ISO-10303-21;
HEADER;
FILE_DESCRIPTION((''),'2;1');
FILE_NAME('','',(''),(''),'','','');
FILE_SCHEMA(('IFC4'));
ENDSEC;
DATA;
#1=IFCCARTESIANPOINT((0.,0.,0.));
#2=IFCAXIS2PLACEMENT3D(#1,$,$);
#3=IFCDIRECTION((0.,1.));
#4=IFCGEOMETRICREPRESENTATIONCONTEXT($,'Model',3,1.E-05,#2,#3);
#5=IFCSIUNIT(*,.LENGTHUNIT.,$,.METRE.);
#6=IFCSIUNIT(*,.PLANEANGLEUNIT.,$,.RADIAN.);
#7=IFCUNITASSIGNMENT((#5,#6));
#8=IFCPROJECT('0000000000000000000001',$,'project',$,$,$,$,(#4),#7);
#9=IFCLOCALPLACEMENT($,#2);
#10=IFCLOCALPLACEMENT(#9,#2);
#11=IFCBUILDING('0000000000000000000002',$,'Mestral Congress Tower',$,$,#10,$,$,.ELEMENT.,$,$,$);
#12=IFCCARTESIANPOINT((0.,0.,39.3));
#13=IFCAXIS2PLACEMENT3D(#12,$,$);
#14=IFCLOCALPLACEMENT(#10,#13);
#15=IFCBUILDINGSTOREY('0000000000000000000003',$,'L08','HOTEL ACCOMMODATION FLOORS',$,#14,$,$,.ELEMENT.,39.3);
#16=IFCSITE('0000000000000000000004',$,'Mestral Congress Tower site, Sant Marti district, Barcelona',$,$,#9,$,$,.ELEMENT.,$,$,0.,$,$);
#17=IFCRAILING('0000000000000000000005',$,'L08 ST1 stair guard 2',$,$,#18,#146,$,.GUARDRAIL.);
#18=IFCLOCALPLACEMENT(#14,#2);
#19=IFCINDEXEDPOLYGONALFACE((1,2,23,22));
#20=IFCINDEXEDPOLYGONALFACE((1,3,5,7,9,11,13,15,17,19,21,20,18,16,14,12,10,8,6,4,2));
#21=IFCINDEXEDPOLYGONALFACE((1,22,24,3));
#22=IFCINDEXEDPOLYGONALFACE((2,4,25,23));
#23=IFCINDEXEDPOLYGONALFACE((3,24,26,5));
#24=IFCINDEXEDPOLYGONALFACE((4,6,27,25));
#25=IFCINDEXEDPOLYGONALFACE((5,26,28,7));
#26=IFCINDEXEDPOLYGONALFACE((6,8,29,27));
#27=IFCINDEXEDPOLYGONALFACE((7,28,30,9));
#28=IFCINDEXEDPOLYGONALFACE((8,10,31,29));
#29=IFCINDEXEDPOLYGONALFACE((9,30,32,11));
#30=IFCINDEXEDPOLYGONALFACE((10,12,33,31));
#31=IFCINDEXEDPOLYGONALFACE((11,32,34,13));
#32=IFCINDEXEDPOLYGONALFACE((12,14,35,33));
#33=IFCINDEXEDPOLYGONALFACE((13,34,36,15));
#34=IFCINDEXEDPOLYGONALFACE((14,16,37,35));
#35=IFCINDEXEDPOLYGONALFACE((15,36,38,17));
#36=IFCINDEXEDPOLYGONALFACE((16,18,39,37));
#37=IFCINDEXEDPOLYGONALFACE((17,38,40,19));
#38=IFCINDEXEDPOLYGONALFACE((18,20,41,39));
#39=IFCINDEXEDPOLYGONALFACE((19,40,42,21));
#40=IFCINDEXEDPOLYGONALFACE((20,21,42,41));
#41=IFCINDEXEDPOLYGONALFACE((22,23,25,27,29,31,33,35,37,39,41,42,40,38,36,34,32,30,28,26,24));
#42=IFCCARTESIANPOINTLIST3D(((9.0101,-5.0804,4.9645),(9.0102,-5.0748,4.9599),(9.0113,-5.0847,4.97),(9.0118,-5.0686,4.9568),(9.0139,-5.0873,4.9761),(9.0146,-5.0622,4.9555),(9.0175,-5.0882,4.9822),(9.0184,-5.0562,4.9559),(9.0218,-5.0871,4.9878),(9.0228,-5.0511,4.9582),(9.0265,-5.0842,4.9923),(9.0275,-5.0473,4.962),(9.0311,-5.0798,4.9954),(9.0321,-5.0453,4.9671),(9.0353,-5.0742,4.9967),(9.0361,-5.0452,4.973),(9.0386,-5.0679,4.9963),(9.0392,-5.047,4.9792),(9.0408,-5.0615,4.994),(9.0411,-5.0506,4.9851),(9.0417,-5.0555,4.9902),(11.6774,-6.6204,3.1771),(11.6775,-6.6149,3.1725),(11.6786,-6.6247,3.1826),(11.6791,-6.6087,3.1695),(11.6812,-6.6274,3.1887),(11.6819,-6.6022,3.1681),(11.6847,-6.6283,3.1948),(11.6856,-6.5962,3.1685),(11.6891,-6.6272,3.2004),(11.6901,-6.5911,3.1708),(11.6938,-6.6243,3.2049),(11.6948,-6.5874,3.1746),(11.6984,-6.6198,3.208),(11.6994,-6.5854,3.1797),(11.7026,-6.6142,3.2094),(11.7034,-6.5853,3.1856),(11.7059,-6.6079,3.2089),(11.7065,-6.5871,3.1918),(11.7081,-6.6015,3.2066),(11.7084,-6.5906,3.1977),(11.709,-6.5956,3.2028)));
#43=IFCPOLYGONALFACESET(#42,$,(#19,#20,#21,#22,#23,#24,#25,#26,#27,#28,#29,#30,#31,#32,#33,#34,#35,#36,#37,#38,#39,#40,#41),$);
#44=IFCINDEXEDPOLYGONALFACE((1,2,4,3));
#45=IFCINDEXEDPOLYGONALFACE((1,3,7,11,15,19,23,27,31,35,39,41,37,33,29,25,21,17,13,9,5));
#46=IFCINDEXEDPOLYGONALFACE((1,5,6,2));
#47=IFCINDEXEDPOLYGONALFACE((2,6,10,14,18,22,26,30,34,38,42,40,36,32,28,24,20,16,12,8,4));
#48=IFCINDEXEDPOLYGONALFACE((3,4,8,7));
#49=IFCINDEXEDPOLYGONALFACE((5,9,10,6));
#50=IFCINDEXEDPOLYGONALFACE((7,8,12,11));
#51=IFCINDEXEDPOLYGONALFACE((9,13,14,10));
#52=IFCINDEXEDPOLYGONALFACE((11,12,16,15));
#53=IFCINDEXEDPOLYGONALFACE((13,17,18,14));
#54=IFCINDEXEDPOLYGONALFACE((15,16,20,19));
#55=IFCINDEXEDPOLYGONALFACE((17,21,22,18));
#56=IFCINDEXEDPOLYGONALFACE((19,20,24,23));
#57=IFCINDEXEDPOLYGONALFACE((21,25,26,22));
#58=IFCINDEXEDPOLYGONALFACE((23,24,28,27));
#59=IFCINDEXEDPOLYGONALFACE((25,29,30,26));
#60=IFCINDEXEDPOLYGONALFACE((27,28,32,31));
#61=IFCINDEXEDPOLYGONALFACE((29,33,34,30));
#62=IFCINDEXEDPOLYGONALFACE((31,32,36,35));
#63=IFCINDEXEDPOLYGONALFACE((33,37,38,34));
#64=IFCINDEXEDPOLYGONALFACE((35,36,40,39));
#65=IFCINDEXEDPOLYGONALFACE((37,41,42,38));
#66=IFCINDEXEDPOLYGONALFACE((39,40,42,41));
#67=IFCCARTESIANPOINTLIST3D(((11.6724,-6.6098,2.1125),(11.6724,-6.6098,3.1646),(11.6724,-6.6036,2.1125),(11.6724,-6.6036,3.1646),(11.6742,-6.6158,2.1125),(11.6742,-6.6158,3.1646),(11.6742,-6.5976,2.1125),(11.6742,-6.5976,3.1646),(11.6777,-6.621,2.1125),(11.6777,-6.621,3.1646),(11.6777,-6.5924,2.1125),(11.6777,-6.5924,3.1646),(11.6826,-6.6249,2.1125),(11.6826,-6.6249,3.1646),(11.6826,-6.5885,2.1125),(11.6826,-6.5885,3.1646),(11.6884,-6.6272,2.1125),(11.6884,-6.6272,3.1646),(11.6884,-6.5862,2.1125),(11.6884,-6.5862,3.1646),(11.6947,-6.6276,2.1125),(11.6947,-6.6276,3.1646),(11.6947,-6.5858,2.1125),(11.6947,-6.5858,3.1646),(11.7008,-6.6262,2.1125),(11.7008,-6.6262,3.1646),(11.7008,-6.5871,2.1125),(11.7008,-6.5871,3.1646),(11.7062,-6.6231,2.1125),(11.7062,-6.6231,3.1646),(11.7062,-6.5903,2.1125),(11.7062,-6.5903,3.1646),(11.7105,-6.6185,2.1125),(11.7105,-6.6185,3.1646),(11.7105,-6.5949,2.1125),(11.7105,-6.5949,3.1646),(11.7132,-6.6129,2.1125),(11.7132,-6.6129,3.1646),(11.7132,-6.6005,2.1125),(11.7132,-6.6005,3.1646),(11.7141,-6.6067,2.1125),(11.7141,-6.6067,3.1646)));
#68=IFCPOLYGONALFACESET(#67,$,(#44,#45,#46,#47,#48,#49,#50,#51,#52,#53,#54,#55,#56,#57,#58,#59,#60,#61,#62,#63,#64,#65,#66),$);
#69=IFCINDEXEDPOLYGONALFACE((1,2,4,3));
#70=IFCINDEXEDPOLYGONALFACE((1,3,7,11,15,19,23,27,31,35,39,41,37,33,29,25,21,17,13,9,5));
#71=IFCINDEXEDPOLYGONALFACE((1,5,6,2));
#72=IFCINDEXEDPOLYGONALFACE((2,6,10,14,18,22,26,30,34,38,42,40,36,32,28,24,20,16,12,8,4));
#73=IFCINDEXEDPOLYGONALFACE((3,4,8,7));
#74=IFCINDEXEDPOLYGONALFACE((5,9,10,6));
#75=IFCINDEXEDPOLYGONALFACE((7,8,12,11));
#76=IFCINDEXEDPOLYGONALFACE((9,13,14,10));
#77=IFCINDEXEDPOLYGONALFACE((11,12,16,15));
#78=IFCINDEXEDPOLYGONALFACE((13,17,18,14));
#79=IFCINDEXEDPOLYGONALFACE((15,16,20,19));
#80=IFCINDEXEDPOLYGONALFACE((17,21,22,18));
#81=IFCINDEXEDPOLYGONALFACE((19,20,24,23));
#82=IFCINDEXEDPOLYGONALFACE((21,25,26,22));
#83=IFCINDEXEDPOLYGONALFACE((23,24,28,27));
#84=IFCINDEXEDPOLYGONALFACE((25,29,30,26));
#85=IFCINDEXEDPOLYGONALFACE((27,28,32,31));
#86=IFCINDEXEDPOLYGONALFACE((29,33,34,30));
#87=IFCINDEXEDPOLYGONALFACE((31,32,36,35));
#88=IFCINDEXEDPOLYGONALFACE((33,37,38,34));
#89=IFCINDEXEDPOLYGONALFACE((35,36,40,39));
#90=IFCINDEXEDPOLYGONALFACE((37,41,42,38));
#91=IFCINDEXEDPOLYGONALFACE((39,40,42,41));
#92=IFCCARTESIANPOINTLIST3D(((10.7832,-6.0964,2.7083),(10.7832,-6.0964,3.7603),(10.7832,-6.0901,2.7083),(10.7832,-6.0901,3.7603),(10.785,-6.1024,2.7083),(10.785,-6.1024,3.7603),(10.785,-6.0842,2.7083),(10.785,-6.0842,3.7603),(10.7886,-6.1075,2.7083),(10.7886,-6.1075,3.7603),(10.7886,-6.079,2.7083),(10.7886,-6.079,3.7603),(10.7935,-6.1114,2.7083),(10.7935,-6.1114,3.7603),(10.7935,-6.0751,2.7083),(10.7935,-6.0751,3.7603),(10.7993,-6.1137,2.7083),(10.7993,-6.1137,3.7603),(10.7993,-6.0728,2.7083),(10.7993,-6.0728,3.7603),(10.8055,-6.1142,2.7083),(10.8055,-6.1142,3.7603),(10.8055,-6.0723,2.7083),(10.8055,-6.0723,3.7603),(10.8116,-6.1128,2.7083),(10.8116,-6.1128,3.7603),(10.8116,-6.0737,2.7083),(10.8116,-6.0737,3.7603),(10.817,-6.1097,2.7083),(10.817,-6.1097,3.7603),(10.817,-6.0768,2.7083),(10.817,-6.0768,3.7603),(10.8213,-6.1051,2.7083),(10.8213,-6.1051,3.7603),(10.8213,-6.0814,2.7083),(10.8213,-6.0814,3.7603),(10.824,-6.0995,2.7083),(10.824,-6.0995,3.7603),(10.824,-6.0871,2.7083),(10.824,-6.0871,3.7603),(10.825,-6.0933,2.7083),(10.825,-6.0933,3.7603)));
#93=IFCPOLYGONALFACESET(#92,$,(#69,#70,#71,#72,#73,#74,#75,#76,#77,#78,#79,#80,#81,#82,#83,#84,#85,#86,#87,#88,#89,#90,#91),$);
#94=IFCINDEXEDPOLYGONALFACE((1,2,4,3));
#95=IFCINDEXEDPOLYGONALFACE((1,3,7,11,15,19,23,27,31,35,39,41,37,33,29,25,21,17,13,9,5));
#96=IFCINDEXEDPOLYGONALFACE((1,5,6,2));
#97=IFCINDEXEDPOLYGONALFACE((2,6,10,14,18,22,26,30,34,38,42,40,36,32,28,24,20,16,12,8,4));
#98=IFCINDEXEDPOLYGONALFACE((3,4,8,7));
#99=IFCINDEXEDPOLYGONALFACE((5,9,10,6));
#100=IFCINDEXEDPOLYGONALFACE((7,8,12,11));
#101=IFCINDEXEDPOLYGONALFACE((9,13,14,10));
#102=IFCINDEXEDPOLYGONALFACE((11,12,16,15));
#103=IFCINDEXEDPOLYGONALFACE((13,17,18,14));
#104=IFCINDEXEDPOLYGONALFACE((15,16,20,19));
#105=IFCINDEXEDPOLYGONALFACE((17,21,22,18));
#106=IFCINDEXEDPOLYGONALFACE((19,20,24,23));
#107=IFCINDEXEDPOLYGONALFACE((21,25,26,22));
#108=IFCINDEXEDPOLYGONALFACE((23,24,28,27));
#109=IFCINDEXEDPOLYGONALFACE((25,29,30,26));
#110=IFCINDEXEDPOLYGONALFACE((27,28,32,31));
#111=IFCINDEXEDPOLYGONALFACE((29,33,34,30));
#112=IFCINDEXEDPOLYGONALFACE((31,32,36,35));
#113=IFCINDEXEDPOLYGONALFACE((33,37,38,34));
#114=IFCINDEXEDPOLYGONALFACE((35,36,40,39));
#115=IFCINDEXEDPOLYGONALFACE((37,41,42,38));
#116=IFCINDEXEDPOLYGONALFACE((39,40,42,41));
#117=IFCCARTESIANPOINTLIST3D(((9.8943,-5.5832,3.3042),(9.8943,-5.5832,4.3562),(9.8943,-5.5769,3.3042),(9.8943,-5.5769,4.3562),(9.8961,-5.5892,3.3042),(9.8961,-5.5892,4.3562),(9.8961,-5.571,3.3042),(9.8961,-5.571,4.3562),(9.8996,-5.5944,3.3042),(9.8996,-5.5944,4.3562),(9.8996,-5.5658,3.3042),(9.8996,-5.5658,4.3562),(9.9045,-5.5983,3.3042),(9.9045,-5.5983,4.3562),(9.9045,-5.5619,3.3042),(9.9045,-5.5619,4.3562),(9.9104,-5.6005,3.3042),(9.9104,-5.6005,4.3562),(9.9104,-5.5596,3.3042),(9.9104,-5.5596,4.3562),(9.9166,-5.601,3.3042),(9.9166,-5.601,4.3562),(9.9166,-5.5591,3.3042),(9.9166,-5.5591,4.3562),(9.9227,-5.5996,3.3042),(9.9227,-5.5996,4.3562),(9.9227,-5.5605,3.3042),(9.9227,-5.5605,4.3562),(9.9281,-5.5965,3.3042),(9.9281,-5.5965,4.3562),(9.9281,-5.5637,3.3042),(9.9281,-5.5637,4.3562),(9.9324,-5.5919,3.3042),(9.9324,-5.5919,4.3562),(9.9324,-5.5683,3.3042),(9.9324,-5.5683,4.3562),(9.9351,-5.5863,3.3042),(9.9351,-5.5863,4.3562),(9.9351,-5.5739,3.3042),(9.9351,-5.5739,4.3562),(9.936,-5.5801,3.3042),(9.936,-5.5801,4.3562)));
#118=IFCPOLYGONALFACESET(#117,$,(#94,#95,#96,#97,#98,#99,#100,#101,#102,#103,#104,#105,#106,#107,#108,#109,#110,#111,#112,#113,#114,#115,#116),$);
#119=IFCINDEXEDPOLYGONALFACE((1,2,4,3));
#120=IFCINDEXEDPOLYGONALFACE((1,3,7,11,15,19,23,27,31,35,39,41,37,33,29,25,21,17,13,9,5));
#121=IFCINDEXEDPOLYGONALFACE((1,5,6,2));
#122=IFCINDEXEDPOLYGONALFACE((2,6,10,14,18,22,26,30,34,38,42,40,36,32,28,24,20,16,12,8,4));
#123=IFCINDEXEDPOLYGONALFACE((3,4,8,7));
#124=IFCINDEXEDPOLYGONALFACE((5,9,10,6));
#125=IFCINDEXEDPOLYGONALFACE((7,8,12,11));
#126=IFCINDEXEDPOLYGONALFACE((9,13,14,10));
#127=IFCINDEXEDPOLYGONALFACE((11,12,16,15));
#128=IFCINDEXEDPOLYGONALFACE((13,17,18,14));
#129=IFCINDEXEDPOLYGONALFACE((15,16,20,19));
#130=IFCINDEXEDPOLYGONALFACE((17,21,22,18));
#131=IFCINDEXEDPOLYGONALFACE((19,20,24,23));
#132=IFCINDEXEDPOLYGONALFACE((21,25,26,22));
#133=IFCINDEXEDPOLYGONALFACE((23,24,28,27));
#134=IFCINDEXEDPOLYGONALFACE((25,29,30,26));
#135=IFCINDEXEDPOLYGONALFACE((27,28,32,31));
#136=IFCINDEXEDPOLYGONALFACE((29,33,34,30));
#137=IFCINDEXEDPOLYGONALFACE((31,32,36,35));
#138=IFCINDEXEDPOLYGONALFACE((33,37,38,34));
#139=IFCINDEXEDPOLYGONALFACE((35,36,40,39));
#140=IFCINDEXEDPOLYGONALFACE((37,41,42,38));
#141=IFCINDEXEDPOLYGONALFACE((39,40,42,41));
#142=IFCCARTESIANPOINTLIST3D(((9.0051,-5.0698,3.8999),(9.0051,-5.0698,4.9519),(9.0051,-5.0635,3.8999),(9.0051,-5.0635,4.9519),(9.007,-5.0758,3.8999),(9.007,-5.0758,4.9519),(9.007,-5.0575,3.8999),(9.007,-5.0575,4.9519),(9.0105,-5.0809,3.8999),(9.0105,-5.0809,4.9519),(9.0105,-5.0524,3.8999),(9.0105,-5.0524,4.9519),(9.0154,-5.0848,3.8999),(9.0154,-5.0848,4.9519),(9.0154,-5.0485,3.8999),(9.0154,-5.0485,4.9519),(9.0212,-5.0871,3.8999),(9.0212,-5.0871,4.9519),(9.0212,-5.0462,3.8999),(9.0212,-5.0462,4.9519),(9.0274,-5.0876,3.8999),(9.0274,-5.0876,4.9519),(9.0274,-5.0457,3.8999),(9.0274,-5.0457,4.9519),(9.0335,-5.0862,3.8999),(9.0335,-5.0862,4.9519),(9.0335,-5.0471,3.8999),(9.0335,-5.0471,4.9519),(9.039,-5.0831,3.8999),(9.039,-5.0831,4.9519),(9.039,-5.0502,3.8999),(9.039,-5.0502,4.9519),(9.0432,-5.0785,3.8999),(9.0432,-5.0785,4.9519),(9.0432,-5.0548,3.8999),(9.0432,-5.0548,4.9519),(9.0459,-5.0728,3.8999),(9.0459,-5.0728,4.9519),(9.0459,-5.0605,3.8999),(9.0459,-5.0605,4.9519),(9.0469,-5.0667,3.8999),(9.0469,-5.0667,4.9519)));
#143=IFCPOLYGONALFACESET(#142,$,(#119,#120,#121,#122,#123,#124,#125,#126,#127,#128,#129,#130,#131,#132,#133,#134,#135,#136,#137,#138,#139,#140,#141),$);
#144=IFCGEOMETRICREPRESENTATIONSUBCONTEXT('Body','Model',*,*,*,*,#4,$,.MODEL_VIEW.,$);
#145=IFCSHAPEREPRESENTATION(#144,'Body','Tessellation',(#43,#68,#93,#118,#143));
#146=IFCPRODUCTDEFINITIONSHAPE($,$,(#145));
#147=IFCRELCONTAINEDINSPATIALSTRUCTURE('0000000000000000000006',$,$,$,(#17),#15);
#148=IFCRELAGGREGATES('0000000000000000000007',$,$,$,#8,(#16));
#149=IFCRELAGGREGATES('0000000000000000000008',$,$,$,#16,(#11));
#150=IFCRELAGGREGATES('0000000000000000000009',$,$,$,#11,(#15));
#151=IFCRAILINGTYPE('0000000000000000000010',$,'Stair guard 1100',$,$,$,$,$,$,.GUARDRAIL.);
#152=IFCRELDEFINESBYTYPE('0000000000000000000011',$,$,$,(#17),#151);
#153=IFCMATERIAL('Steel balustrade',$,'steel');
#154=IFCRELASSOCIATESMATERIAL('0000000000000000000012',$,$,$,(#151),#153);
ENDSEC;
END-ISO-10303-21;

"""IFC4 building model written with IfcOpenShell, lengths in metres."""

from ifc_helpers import new_model, si_unit, direction, frame, origin, origin_2d, place, context, subcontext, project, spatial, circle, extrude, material, type_object, element, save


model = new_model("IFC4")

# Units and contexts
model_context = context("Model", 3, precision=1e-05, world=origin(), true_north=direction((0.0, 1.0)))
body_context = subcontext(model_context, "Body", "Model", "MODEL_VIEW")
ifc_project = project(units=[si_unit("LENGTHUNIT", "METRE"), si_unit("PLANEANGLEUNIT", "RADIAN")], contexts=[model_context])

# Site, building, storey
site_placement = place(None, origin())
site = spatial("IfcSite", under=ifc_project, at=site_placement, Name="Mestral Congress Tower site, Sant Marti district, Barcelona", CompositionType="ELEMENT", RefElevation=0.0)
building_placement = place(site_placement, origin())
building = spatial("IfcBuilding", under=site, at=building_placement, Name="Mestral Congress Tower", CompositionType="ELEMENT")
storey_placement = place(building_placement, frame((0.0, 0.0, 39.3)))
storey = spatial("IfcBuildingStorey", under=building, at=storey_placement, Name="L08", Description="HOTEL ACCOMMODATION FLOORS", CompositionType="ELEMENT", Elevation=39.3)

# Railing
ifc_material_1 = material(Name="Steel balustrade", Category="steel")
railing_type_1 = type_object("IfcRailingType", Name="Stair guard 1100", PredefinedType="GUARDRAIL", material=ifc_material_1)
railing_1_placement = place(storey_placement, frame((11.6931, -6.6067, 2.1125)))
element("IfcRailing", 1, at=railing_1_placement, inside=storey, type_object=railing_type_1, Name="L08 ST1 stair guard 2", PredefinedType="GUARDRAIL", context=body_context, shape_type="SweptSolid", body=[
    extrude(circle(Radius=0.0239, at=origin_2d()), frame((0.0, 0.0, 1.0762), z_axis=(-0.74902, 0.432477, 0.501929), x_axis=(-0.500027, -0.86601, 0.0)), (0.0, 0.0, 1.0), 3.561),
    extrude(circle(Radius=0.021, at=origin_2d()), origin(), (0.0, 0.0, 1.0), 1.052),
    extrude(circle(Radius=0.021, at=origin_2d()), frame((-0.8892, 0.5134, 0.5957)), (0.0, 0.0, 1.0), 1.052),
    extrude(circle(Radius=0.021, at=origin_2d()), frame((-1.7781, 1.0266, 1.1917)), (0.0, 0.0, 1.0), 1.052),
    extrude(circle(Radius=0.021, at=origin_2d()), frame((-2.6672, 1.54, 1.7874)), (0.0, 0.0, 1.0), 1.052),
])

save(model, "model.ifc")
